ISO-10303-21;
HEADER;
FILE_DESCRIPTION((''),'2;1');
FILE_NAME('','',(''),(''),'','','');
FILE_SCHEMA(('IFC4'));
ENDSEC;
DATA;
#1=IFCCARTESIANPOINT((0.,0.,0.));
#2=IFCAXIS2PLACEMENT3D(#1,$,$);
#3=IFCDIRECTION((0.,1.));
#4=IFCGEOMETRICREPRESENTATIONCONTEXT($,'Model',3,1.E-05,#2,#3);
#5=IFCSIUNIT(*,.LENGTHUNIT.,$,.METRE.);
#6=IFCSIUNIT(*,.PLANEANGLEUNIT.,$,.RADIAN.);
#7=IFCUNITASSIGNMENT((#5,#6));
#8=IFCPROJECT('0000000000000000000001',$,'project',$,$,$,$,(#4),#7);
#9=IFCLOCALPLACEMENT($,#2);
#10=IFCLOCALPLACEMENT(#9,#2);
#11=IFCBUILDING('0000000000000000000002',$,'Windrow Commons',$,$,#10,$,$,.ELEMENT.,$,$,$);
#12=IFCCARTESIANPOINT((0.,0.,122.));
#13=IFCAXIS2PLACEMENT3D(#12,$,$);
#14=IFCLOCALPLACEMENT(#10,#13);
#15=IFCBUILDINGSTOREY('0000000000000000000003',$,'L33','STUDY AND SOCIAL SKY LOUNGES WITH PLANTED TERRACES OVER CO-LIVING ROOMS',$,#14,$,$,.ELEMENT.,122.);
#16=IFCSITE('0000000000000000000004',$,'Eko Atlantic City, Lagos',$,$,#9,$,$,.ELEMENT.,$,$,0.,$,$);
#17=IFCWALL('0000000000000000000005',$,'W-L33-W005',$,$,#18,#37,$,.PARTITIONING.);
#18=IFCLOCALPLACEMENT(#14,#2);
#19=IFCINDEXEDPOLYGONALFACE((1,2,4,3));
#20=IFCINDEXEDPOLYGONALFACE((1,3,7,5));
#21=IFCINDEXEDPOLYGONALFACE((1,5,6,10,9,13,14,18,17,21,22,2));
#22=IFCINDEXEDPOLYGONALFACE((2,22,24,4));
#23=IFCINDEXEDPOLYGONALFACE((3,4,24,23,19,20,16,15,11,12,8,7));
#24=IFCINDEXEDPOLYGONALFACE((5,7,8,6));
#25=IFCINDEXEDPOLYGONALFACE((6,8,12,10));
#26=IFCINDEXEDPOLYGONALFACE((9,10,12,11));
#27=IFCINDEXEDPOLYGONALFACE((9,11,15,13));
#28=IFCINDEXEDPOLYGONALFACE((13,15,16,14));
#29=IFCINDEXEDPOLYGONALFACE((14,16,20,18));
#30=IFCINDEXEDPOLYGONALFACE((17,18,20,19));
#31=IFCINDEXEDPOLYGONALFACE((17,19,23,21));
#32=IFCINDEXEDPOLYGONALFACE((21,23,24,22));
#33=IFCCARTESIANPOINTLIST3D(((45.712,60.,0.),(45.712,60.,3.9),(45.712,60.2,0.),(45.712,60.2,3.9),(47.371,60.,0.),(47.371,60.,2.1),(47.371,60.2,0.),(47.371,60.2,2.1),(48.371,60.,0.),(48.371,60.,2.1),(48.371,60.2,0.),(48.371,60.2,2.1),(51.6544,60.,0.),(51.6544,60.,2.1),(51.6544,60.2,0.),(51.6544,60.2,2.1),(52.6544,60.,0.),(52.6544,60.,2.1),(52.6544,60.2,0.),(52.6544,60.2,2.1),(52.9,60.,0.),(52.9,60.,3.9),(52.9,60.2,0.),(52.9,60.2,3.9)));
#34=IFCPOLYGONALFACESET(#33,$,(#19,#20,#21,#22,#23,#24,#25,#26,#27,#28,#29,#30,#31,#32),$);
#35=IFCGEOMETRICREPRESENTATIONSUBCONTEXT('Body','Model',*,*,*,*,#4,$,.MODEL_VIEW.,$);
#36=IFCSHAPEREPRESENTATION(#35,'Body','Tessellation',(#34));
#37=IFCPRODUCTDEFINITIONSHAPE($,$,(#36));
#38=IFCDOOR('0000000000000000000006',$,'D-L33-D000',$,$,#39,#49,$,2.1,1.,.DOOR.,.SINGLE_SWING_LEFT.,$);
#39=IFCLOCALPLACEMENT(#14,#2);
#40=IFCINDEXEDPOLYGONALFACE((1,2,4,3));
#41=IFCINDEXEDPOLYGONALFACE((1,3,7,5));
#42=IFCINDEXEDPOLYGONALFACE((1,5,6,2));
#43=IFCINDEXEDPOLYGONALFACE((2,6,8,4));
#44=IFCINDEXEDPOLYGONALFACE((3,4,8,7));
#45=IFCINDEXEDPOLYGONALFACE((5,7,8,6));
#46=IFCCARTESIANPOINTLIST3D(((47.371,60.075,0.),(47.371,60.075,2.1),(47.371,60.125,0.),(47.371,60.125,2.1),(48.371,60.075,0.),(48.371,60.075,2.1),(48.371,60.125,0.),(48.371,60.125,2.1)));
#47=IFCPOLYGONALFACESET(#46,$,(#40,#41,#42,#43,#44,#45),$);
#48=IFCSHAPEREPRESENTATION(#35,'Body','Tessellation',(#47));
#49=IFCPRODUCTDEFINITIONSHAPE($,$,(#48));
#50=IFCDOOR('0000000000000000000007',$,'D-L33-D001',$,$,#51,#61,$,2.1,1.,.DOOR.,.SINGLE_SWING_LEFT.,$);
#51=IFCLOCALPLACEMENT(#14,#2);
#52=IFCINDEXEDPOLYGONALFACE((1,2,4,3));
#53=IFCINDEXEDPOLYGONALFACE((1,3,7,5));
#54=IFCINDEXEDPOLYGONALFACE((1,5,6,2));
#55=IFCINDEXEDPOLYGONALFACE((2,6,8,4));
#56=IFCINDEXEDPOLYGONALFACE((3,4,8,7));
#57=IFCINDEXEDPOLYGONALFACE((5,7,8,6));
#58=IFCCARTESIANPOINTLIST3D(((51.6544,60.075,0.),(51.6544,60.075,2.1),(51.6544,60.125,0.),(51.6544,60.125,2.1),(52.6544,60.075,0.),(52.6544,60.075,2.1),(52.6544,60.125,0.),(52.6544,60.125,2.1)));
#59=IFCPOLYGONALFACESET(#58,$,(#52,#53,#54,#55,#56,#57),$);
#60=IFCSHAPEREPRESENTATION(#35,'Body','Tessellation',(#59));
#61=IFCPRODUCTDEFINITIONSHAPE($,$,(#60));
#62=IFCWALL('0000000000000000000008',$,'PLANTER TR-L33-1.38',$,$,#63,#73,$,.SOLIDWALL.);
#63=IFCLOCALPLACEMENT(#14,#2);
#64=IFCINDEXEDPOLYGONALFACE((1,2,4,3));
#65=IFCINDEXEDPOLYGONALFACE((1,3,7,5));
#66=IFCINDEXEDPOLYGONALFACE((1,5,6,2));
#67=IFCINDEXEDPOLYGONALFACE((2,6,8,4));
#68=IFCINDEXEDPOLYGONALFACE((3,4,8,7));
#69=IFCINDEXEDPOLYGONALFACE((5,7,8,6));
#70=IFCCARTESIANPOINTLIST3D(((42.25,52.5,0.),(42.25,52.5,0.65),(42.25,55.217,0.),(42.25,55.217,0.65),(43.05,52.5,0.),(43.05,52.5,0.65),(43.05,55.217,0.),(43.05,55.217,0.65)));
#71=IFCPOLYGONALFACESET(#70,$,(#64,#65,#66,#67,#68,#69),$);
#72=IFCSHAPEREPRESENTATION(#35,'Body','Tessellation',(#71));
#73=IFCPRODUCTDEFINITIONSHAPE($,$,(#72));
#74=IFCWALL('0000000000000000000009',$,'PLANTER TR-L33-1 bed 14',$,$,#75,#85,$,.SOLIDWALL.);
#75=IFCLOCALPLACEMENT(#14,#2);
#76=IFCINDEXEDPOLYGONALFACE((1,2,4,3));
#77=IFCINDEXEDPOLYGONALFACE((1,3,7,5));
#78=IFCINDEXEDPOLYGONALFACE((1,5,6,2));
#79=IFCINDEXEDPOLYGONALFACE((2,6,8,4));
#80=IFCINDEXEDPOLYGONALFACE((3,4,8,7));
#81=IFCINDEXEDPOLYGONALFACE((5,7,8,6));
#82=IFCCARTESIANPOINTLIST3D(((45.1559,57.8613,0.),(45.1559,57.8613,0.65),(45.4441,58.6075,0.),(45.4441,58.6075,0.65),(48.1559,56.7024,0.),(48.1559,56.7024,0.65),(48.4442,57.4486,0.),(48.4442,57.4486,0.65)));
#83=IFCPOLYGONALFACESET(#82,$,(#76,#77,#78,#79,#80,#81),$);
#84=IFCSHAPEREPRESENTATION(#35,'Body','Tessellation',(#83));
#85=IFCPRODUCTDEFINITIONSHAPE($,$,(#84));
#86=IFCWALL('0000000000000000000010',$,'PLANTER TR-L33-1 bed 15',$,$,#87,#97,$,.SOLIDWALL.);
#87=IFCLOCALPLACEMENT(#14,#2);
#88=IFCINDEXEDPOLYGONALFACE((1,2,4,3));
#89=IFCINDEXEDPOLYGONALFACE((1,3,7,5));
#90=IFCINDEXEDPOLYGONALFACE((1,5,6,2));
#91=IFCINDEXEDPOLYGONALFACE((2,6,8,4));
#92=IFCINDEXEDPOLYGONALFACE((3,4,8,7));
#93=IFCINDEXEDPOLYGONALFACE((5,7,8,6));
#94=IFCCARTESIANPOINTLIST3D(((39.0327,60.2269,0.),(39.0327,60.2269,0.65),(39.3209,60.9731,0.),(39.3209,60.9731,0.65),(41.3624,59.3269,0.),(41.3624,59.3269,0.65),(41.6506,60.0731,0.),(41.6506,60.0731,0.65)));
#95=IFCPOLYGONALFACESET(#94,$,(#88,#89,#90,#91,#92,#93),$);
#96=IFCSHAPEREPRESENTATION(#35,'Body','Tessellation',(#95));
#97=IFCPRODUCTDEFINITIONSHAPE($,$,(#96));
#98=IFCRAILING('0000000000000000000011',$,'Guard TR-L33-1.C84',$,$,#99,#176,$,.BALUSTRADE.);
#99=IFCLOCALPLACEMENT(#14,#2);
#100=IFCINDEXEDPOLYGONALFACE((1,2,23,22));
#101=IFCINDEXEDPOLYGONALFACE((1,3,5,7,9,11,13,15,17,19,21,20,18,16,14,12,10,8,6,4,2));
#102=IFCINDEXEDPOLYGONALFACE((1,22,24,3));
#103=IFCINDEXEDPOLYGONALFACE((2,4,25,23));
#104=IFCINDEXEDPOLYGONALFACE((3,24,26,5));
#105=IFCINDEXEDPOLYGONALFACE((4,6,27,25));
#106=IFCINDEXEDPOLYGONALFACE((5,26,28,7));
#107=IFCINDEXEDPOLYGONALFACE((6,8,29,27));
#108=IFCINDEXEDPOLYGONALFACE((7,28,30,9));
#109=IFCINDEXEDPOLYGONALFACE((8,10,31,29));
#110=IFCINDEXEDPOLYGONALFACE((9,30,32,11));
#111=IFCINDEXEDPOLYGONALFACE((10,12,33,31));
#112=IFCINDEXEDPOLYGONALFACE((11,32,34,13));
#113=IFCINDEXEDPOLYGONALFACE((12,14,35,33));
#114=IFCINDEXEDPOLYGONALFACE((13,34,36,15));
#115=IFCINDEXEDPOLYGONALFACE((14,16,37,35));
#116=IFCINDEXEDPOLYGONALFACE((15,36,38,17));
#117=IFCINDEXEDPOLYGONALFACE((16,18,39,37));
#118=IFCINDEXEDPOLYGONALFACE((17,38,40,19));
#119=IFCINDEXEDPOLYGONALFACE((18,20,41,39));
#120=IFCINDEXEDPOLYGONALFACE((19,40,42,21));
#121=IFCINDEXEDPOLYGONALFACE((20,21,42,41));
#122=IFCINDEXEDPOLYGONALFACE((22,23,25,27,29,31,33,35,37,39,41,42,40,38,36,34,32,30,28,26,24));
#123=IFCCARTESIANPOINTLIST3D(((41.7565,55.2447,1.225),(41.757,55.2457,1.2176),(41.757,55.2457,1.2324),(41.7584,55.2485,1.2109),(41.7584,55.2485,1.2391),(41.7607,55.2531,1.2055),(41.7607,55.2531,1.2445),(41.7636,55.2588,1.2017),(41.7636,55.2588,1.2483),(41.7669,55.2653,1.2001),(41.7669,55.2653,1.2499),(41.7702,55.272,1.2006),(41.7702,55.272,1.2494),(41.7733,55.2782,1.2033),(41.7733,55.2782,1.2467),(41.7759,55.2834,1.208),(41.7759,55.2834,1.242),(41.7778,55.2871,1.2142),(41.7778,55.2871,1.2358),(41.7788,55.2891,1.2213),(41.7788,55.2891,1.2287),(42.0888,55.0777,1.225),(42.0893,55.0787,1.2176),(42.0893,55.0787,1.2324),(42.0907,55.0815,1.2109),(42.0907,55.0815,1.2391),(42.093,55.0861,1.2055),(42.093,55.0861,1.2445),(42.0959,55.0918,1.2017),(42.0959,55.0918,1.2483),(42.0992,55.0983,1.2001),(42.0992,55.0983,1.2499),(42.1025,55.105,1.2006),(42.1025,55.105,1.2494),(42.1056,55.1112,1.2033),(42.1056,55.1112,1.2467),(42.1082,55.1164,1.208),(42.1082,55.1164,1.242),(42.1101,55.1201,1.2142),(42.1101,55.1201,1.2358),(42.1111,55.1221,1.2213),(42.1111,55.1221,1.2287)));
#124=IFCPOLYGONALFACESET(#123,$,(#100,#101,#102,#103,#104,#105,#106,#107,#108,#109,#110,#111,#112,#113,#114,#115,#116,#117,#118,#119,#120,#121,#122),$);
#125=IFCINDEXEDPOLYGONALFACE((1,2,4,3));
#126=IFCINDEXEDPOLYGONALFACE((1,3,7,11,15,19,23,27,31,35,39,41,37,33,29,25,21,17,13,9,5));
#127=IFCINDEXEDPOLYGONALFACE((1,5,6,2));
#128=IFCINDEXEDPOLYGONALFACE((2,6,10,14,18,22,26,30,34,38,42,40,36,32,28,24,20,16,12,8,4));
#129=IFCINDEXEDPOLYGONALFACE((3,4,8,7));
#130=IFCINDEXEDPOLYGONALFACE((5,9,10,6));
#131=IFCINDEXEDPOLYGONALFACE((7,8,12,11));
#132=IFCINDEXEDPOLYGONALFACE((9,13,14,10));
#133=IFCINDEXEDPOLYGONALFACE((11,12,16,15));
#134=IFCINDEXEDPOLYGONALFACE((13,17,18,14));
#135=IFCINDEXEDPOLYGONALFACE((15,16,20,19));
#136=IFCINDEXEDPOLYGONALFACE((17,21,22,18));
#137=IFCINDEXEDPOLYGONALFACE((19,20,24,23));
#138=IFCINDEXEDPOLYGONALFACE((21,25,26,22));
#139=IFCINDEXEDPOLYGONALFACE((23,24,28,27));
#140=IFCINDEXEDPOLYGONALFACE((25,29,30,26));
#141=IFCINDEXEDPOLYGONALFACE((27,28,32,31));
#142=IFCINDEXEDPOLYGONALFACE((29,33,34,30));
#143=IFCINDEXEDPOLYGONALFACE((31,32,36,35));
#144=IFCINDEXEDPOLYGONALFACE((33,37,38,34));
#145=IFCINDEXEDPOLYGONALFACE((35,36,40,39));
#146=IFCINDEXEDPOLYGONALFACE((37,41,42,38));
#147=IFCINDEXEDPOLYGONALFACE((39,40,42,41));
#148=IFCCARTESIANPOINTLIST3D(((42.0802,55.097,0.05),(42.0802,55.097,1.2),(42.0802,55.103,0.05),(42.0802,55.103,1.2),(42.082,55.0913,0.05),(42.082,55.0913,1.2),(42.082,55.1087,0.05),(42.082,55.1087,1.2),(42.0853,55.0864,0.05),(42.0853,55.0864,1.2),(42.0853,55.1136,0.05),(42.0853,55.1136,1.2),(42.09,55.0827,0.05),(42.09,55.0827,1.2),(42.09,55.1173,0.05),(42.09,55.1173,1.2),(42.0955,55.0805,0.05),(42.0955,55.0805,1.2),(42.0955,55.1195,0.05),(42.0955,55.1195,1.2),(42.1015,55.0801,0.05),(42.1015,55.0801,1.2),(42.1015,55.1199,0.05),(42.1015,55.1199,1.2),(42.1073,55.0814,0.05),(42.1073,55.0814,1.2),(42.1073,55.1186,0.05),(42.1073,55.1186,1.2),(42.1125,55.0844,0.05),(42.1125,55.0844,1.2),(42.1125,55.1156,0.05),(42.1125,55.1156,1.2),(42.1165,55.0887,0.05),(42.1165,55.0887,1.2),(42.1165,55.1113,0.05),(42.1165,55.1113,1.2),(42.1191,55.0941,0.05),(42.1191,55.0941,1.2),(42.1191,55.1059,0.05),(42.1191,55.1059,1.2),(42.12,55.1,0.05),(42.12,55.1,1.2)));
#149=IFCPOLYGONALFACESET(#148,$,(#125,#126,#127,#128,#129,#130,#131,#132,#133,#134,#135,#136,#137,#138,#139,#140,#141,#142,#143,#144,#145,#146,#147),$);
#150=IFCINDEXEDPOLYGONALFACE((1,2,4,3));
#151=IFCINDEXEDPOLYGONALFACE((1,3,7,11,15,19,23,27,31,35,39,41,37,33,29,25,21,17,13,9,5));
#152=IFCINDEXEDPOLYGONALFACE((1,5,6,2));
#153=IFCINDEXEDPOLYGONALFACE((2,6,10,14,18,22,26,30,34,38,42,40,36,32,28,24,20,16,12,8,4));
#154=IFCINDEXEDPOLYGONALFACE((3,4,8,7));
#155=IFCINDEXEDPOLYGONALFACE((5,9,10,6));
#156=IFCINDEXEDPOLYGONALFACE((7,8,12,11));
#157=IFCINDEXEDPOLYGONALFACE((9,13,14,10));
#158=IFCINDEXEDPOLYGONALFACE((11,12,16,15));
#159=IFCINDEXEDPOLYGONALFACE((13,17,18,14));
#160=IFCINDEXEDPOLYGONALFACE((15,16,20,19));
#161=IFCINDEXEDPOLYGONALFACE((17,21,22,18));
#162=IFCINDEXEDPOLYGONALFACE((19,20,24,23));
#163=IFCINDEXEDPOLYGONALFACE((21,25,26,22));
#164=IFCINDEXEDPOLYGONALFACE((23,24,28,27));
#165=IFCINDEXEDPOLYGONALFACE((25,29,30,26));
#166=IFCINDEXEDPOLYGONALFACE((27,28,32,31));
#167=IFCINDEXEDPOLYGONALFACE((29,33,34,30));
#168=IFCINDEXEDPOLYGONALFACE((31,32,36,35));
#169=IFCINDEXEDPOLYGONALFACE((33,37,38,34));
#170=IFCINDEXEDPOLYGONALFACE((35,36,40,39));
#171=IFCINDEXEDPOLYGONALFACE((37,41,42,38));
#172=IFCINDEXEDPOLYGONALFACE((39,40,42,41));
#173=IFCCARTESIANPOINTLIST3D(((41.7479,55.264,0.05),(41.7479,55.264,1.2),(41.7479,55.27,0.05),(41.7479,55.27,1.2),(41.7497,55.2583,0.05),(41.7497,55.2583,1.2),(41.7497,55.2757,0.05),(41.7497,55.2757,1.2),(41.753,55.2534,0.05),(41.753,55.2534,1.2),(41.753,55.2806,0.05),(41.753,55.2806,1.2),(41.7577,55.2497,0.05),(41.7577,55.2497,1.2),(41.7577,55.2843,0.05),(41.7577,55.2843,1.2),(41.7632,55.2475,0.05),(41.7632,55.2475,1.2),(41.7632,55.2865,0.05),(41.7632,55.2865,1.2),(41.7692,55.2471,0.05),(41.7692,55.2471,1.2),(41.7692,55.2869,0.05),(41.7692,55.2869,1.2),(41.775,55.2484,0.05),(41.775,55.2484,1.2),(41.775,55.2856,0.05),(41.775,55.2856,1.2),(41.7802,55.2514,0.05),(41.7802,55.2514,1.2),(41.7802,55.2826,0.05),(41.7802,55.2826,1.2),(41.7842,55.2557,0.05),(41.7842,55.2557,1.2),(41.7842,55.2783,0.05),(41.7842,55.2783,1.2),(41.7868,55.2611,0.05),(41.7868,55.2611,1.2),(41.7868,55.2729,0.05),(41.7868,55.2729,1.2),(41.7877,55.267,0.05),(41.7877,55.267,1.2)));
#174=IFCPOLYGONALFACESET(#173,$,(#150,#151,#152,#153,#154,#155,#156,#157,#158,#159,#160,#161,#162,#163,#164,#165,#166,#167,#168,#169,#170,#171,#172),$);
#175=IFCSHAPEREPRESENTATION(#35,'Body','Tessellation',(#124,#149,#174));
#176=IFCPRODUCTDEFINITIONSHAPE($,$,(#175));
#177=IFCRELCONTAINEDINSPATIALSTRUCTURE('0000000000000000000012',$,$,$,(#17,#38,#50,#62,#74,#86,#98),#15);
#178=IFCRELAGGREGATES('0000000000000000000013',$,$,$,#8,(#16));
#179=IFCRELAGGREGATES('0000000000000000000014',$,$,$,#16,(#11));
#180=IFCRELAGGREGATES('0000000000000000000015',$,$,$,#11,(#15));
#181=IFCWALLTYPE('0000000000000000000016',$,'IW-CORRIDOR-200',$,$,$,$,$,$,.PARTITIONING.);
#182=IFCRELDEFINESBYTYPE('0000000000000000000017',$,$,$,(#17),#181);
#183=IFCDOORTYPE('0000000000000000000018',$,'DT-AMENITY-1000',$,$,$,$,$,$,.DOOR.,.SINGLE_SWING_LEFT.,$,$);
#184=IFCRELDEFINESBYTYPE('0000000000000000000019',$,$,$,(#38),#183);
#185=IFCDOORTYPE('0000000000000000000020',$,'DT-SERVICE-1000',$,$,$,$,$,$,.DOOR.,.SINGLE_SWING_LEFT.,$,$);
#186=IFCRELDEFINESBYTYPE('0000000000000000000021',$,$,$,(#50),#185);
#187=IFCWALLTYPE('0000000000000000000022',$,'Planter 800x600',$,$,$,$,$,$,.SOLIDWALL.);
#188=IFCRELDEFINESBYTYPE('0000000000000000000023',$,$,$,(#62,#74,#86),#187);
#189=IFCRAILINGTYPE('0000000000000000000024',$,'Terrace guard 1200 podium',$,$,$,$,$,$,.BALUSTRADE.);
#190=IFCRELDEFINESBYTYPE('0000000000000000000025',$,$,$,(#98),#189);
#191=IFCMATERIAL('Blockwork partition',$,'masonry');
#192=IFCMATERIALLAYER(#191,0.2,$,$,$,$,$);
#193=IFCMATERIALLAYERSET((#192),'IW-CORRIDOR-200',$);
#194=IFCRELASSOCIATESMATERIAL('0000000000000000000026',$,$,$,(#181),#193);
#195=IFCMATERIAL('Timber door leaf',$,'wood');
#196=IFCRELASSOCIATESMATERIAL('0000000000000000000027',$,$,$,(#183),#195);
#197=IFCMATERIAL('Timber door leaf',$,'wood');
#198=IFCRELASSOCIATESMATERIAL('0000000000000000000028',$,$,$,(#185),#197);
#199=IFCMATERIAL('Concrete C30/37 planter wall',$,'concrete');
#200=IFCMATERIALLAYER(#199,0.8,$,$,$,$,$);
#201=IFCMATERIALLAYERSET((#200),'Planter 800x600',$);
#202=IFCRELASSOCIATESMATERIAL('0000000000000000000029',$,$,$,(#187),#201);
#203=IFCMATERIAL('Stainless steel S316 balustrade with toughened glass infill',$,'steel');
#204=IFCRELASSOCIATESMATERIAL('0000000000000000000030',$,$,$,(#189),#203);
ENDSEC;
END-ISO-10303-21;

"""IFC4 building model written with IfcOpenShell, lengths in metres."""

from ifc_helpers import new_model, si_unit, direction, frame, frame_2d, origin, origin_2d, place, context, subcontext, project, spatial, polyline, rectangle, circle, outline, extrude, material, layer, layer_set, type_object, element, fill, save


model = new_model("IFC4")

# Units and contexts
model_context = context("Model", 3, precision=1e-05, world=origin(), true_north=direction((0.0, 1.0)))
body_context = subcontext(model_context, "Body", "Model", "MODEL_VIEW")
ifc_project = project(units=[si_unit("LENGTHUNIT", "METRE"), si_unit("PLANEANGLEUNIT", "RADIAN")], contexts=[model_context])

# Site, building, storey
site_placement = place(None, origin())
site = spatial("IfcSite", under=ifc_project, at=site_placement, Name="Eko Atlantic City, Lagos", CompositionType="ELEMENT", RefElevation=0.0)
building_placement = place(site_placement, origin())
building = spatial("IfcBuilding", under=site, at=building_placement, Name="Windrow Commons", CompositionType="ELEMENT")
storey_placement = place(building_placement, frame((0.0, 0.0, 122.0)))
storey = spatial("IfcBuildingStorey", under=building, at=storey_placement, Name="L33", Description="STUDY AND SOCIAL SKY LOUNGES WITH PLANTED TERRACES OVER CO-LIVING ROOMS", CompositionType="ELEMENT", Elevation=122.0)

# Wall, openings, doors
ifc_material_1 = material(Name="Blockwork partition", Category="masonry")
ifc_layer_1 = layer(ifc_material_1, 0.2)
ifc_layer_set_1 = layer_set([ifc_layer_1], Name="IW-CORRIDOR-200")
wall_type_1 = type_object("IfcWallType", Name="IW-CORRIDOR-200", PredefinedType="PARTITIONING", material=ifc_layer_set_1)
wall_1_placement = place(storey_placement, frame((45.712, 60.1, 0.0), z_axis=(0.0, 0.0, 1.0), x_axis=(1.0, 0.0, 0.0)))
wall_1 = element("IfcWall", 1, at=wall_1_placement, inside=storey, type_object=wall_type_1, Name="W-L33-W005", PredefinedType="PARTITIONING", context=body_context, shape_type="SweptSolid", body=[
    extrude(rectangle(XDim=7.188, YDim=0.2, at=frame_2d((3.594, 0.0))), origin(), (0.0, 0.0, 1.0), 3.9),
])
opening_1_placement = place(wall_1_placement, frame((1.659, 0.0, 0.0)))
opening_1 = element("IfcOpeningElement", 2, at=opening_1_placement, cuts=wall_1, PredefinedType="OPENING", context=body_context, shape_type="SweptSolid", body=[
    extrude(rectangle(XDim=1.0, YDim=2.1, at=frame_2d((0.5, 1.05))), frame((0.0, 0.11, 0.0), z_axis=(0.0, -1.0, 0.0), x_axis=(1.0, 0.0, 0.0)), (0.0, 0.0, 1.0), 0.22),
])
opening_2_placement = place(wall_1_placement, frame((5.9424, 0.0, 0.0)))
opening_2 = element("IfcOpeningElement", 3, at=opening_2_placement, cuts=wall_1, PredefinedType="OPENING", context=body_context, shape_type="SweptSolid", body=[
    extrude(rectangle(XDim=1.0, YDim=2.1, at=frame_2d((0.5, 1.05))), frame((0.0, 0.11, 0.0), z_axis=(0.0, -1.0, 0.0), x_axis=(1.0, 0.0, 0.0)), (0.0, 0.0, 1.0), 0.22),
])
ifc_material_2 = material(Name="Timber door leaf", Category="wood")
door_type_1 = type_object("IfcDoorType", Name="DT-AMENITY-1000", OperationType="SINGLE_SWING_LEFT", PredefinedType="DOOR", material=ifc_material_2)
door_1_placement = place(opening_1_placement, origin())
door_1 = element("IfcDoor", 4, at=door_1_placement, inside=storey, type_object=door_type_1, Name="D-L33-D000", OperationType="SINGLE_SWING_LEFT", OverallHeight=2.1, OverallWidth=1.0, PredefinedType="DOOR", context=body_context, shape_type="SweptSolid", body=[
    extrude(rectangle(XDim=1.0, YDim=2.1, at=frame_2d((0.5, 1.05))), frame((0.0, 0.025, 0.0), z_axis=(0.0, -1.0, 0.0), x_axis=(1.0, 0.0, 0.0)), (0.0, 0.0, 1.0), 0.05),
])
fill(opening_1, door_1)
ifc_material_3 = material(Name="Timber door leaf", Category="wood")
door_type_2 = type_object("IfcDoorType", Name="DT-SERVICE-1000", OperationType="SINGLE_SWING_LEFT", PredefinedType="DOOR", material=ifc_material_3)
door_2_placement = place(opening_2_placement, origin())
door_2 = element("IfcDoor", 5, at=door_2_placement, inside=storey, type_object=door_type_2, Name="D-L33-D001", OperationType="SINGLE_SWING_LEFT", OverallHeight=2.1, OverallWidth=1.0, PredefinedType="DOOR", context=body_context, shape_type="SweptSolid", body=[
    extrude(rectangle(XDim=1.0, YDim=2.1, at=frame_2d((0.5, 1.05))), frame((0.0, 0.025, 0.0), z_axis=(0.0, -1.0, 0.0), x_axis=(1.0, 0.0, 0.0)), (0.0, 0.0, 1.0), 0.05),
])
fill(opening_2, door_2)

# Walls
ifc_material_4 = material(Name="Concrete C30/37 planter wall", Category="concrete")
ifc_layer_2 = layer(ifc_material_4, 0.8)
ifc_layer_set_2 = layer_set([ifc_layer_2], Name="Planter 800x600")
wall_type_2 = type_object("IfcWallType", Name="Planter 800x600", PredefinedType="SOLIDWALL", material=ifc_layer_set_2)
wall_2_placement = place(storey_placement, frame((42.65, 55.217, 0.0), z_axis=(0.0, 0.0, 1.0), x_axis=(0.0, -1.0, 0.0)))
element("IfcWall", 6, at=wall_2_placement, inside=storey, type_object=wall_type_2, Name="PLANTER TR-L33-1.38", PredefinedType="SOLIDWALL", context=body_context, shape_type="SweptSolid", body=[
    extrude(rectangle(XDim=2.717, YDim=0.8, at=frame_2d((1.3585, 0.0))), origin(), (0.0, 0.0, 1.0), 0.65),
])
wall_3_placement = place(storey_placement, frame((48.3, 57.0755, 0.0), z_axis=(0.0, 0.0, 1.0), x_axis=(-0.932818, 0.360348, 0.0)))
element("IfcWall", 7, at=wall_3_placement, inside=storey, type_object=wall_type_2, Name="PLANTER TR-L33-1 bed 14", PredefinedType="SOLIDWALL", context=body_context, shape_type="SweptSolid", body=[
    extrude(rectangle(XDim=3.2161, YDim=0.8, at=frame_2d((1.608, 0.0))), origin(), (0.0, 0.0, 1.0), 0.65),
])
wall_4_placement = place(storey_placement, frame((41.5065, 59.7, 0.0), z_axis=(0.0, 0.0, 1.0), x_axis=(-0.932813, 0.36036, 0.0)))
element("IfcWall", 8, at=wall_4_placement, inside=storey, type_object=wall_type_2, Name="PLANTER TR-L33-1 bed 15", PredefinedType="SOLIDWALL", context=body_context, shape_type="SweptSolid", body=[
    extrude(outline(polyline([(0.0, -0.4), (2.4975, -0.4), (2.4975, 0.4), (0.0, 0.4), (0.0, -0.4)])), origin(), (0.0, 0.0, 1.0), 0.65),
])

# Railing
ifc_material_5 = material(Name="Stainless steel S316 balustrade with toughened glass infill", Category="steel")
railing_type = type_object("IfcRailingType", Name="Terrace guard 1200 podium", PredefinedType="BALUSTRADE", material=ifc_material_5)
railing_1_placement = place(storey_placement, frame((42.1, 55.1, 0.05)))
element("IfcRailing", 9, at=railing_1_placement, inside=storey, type_object=railing_type, Name="Guard TR-L33-1.C84", PredefinedType="BALUSTRADE", context=body_context, shape_type="SweptSolid", body=[
    extrude(circle(Radius=0.025, at=origin_2d()), frame((0.0, 0.0, 1.175), z_axis=(-0.893511, 0.449041, 0.0), x_axis=(-0.449041, -0.893511, 0.0)), (0.0, 0.0, 1.0), 0.3719),
    extrude(circle(Radius=0.02, at=origin_2d()), origin(), (0.0, 0.0, 1.0), 1.15),
    extrude(circle(Radius=0.02, at=origin_2d()), frame((-0.3323, 0.167, 0.0)), (0.0, 0.0, 1.0), 1.15),
])

save(model, "model.ifc")
